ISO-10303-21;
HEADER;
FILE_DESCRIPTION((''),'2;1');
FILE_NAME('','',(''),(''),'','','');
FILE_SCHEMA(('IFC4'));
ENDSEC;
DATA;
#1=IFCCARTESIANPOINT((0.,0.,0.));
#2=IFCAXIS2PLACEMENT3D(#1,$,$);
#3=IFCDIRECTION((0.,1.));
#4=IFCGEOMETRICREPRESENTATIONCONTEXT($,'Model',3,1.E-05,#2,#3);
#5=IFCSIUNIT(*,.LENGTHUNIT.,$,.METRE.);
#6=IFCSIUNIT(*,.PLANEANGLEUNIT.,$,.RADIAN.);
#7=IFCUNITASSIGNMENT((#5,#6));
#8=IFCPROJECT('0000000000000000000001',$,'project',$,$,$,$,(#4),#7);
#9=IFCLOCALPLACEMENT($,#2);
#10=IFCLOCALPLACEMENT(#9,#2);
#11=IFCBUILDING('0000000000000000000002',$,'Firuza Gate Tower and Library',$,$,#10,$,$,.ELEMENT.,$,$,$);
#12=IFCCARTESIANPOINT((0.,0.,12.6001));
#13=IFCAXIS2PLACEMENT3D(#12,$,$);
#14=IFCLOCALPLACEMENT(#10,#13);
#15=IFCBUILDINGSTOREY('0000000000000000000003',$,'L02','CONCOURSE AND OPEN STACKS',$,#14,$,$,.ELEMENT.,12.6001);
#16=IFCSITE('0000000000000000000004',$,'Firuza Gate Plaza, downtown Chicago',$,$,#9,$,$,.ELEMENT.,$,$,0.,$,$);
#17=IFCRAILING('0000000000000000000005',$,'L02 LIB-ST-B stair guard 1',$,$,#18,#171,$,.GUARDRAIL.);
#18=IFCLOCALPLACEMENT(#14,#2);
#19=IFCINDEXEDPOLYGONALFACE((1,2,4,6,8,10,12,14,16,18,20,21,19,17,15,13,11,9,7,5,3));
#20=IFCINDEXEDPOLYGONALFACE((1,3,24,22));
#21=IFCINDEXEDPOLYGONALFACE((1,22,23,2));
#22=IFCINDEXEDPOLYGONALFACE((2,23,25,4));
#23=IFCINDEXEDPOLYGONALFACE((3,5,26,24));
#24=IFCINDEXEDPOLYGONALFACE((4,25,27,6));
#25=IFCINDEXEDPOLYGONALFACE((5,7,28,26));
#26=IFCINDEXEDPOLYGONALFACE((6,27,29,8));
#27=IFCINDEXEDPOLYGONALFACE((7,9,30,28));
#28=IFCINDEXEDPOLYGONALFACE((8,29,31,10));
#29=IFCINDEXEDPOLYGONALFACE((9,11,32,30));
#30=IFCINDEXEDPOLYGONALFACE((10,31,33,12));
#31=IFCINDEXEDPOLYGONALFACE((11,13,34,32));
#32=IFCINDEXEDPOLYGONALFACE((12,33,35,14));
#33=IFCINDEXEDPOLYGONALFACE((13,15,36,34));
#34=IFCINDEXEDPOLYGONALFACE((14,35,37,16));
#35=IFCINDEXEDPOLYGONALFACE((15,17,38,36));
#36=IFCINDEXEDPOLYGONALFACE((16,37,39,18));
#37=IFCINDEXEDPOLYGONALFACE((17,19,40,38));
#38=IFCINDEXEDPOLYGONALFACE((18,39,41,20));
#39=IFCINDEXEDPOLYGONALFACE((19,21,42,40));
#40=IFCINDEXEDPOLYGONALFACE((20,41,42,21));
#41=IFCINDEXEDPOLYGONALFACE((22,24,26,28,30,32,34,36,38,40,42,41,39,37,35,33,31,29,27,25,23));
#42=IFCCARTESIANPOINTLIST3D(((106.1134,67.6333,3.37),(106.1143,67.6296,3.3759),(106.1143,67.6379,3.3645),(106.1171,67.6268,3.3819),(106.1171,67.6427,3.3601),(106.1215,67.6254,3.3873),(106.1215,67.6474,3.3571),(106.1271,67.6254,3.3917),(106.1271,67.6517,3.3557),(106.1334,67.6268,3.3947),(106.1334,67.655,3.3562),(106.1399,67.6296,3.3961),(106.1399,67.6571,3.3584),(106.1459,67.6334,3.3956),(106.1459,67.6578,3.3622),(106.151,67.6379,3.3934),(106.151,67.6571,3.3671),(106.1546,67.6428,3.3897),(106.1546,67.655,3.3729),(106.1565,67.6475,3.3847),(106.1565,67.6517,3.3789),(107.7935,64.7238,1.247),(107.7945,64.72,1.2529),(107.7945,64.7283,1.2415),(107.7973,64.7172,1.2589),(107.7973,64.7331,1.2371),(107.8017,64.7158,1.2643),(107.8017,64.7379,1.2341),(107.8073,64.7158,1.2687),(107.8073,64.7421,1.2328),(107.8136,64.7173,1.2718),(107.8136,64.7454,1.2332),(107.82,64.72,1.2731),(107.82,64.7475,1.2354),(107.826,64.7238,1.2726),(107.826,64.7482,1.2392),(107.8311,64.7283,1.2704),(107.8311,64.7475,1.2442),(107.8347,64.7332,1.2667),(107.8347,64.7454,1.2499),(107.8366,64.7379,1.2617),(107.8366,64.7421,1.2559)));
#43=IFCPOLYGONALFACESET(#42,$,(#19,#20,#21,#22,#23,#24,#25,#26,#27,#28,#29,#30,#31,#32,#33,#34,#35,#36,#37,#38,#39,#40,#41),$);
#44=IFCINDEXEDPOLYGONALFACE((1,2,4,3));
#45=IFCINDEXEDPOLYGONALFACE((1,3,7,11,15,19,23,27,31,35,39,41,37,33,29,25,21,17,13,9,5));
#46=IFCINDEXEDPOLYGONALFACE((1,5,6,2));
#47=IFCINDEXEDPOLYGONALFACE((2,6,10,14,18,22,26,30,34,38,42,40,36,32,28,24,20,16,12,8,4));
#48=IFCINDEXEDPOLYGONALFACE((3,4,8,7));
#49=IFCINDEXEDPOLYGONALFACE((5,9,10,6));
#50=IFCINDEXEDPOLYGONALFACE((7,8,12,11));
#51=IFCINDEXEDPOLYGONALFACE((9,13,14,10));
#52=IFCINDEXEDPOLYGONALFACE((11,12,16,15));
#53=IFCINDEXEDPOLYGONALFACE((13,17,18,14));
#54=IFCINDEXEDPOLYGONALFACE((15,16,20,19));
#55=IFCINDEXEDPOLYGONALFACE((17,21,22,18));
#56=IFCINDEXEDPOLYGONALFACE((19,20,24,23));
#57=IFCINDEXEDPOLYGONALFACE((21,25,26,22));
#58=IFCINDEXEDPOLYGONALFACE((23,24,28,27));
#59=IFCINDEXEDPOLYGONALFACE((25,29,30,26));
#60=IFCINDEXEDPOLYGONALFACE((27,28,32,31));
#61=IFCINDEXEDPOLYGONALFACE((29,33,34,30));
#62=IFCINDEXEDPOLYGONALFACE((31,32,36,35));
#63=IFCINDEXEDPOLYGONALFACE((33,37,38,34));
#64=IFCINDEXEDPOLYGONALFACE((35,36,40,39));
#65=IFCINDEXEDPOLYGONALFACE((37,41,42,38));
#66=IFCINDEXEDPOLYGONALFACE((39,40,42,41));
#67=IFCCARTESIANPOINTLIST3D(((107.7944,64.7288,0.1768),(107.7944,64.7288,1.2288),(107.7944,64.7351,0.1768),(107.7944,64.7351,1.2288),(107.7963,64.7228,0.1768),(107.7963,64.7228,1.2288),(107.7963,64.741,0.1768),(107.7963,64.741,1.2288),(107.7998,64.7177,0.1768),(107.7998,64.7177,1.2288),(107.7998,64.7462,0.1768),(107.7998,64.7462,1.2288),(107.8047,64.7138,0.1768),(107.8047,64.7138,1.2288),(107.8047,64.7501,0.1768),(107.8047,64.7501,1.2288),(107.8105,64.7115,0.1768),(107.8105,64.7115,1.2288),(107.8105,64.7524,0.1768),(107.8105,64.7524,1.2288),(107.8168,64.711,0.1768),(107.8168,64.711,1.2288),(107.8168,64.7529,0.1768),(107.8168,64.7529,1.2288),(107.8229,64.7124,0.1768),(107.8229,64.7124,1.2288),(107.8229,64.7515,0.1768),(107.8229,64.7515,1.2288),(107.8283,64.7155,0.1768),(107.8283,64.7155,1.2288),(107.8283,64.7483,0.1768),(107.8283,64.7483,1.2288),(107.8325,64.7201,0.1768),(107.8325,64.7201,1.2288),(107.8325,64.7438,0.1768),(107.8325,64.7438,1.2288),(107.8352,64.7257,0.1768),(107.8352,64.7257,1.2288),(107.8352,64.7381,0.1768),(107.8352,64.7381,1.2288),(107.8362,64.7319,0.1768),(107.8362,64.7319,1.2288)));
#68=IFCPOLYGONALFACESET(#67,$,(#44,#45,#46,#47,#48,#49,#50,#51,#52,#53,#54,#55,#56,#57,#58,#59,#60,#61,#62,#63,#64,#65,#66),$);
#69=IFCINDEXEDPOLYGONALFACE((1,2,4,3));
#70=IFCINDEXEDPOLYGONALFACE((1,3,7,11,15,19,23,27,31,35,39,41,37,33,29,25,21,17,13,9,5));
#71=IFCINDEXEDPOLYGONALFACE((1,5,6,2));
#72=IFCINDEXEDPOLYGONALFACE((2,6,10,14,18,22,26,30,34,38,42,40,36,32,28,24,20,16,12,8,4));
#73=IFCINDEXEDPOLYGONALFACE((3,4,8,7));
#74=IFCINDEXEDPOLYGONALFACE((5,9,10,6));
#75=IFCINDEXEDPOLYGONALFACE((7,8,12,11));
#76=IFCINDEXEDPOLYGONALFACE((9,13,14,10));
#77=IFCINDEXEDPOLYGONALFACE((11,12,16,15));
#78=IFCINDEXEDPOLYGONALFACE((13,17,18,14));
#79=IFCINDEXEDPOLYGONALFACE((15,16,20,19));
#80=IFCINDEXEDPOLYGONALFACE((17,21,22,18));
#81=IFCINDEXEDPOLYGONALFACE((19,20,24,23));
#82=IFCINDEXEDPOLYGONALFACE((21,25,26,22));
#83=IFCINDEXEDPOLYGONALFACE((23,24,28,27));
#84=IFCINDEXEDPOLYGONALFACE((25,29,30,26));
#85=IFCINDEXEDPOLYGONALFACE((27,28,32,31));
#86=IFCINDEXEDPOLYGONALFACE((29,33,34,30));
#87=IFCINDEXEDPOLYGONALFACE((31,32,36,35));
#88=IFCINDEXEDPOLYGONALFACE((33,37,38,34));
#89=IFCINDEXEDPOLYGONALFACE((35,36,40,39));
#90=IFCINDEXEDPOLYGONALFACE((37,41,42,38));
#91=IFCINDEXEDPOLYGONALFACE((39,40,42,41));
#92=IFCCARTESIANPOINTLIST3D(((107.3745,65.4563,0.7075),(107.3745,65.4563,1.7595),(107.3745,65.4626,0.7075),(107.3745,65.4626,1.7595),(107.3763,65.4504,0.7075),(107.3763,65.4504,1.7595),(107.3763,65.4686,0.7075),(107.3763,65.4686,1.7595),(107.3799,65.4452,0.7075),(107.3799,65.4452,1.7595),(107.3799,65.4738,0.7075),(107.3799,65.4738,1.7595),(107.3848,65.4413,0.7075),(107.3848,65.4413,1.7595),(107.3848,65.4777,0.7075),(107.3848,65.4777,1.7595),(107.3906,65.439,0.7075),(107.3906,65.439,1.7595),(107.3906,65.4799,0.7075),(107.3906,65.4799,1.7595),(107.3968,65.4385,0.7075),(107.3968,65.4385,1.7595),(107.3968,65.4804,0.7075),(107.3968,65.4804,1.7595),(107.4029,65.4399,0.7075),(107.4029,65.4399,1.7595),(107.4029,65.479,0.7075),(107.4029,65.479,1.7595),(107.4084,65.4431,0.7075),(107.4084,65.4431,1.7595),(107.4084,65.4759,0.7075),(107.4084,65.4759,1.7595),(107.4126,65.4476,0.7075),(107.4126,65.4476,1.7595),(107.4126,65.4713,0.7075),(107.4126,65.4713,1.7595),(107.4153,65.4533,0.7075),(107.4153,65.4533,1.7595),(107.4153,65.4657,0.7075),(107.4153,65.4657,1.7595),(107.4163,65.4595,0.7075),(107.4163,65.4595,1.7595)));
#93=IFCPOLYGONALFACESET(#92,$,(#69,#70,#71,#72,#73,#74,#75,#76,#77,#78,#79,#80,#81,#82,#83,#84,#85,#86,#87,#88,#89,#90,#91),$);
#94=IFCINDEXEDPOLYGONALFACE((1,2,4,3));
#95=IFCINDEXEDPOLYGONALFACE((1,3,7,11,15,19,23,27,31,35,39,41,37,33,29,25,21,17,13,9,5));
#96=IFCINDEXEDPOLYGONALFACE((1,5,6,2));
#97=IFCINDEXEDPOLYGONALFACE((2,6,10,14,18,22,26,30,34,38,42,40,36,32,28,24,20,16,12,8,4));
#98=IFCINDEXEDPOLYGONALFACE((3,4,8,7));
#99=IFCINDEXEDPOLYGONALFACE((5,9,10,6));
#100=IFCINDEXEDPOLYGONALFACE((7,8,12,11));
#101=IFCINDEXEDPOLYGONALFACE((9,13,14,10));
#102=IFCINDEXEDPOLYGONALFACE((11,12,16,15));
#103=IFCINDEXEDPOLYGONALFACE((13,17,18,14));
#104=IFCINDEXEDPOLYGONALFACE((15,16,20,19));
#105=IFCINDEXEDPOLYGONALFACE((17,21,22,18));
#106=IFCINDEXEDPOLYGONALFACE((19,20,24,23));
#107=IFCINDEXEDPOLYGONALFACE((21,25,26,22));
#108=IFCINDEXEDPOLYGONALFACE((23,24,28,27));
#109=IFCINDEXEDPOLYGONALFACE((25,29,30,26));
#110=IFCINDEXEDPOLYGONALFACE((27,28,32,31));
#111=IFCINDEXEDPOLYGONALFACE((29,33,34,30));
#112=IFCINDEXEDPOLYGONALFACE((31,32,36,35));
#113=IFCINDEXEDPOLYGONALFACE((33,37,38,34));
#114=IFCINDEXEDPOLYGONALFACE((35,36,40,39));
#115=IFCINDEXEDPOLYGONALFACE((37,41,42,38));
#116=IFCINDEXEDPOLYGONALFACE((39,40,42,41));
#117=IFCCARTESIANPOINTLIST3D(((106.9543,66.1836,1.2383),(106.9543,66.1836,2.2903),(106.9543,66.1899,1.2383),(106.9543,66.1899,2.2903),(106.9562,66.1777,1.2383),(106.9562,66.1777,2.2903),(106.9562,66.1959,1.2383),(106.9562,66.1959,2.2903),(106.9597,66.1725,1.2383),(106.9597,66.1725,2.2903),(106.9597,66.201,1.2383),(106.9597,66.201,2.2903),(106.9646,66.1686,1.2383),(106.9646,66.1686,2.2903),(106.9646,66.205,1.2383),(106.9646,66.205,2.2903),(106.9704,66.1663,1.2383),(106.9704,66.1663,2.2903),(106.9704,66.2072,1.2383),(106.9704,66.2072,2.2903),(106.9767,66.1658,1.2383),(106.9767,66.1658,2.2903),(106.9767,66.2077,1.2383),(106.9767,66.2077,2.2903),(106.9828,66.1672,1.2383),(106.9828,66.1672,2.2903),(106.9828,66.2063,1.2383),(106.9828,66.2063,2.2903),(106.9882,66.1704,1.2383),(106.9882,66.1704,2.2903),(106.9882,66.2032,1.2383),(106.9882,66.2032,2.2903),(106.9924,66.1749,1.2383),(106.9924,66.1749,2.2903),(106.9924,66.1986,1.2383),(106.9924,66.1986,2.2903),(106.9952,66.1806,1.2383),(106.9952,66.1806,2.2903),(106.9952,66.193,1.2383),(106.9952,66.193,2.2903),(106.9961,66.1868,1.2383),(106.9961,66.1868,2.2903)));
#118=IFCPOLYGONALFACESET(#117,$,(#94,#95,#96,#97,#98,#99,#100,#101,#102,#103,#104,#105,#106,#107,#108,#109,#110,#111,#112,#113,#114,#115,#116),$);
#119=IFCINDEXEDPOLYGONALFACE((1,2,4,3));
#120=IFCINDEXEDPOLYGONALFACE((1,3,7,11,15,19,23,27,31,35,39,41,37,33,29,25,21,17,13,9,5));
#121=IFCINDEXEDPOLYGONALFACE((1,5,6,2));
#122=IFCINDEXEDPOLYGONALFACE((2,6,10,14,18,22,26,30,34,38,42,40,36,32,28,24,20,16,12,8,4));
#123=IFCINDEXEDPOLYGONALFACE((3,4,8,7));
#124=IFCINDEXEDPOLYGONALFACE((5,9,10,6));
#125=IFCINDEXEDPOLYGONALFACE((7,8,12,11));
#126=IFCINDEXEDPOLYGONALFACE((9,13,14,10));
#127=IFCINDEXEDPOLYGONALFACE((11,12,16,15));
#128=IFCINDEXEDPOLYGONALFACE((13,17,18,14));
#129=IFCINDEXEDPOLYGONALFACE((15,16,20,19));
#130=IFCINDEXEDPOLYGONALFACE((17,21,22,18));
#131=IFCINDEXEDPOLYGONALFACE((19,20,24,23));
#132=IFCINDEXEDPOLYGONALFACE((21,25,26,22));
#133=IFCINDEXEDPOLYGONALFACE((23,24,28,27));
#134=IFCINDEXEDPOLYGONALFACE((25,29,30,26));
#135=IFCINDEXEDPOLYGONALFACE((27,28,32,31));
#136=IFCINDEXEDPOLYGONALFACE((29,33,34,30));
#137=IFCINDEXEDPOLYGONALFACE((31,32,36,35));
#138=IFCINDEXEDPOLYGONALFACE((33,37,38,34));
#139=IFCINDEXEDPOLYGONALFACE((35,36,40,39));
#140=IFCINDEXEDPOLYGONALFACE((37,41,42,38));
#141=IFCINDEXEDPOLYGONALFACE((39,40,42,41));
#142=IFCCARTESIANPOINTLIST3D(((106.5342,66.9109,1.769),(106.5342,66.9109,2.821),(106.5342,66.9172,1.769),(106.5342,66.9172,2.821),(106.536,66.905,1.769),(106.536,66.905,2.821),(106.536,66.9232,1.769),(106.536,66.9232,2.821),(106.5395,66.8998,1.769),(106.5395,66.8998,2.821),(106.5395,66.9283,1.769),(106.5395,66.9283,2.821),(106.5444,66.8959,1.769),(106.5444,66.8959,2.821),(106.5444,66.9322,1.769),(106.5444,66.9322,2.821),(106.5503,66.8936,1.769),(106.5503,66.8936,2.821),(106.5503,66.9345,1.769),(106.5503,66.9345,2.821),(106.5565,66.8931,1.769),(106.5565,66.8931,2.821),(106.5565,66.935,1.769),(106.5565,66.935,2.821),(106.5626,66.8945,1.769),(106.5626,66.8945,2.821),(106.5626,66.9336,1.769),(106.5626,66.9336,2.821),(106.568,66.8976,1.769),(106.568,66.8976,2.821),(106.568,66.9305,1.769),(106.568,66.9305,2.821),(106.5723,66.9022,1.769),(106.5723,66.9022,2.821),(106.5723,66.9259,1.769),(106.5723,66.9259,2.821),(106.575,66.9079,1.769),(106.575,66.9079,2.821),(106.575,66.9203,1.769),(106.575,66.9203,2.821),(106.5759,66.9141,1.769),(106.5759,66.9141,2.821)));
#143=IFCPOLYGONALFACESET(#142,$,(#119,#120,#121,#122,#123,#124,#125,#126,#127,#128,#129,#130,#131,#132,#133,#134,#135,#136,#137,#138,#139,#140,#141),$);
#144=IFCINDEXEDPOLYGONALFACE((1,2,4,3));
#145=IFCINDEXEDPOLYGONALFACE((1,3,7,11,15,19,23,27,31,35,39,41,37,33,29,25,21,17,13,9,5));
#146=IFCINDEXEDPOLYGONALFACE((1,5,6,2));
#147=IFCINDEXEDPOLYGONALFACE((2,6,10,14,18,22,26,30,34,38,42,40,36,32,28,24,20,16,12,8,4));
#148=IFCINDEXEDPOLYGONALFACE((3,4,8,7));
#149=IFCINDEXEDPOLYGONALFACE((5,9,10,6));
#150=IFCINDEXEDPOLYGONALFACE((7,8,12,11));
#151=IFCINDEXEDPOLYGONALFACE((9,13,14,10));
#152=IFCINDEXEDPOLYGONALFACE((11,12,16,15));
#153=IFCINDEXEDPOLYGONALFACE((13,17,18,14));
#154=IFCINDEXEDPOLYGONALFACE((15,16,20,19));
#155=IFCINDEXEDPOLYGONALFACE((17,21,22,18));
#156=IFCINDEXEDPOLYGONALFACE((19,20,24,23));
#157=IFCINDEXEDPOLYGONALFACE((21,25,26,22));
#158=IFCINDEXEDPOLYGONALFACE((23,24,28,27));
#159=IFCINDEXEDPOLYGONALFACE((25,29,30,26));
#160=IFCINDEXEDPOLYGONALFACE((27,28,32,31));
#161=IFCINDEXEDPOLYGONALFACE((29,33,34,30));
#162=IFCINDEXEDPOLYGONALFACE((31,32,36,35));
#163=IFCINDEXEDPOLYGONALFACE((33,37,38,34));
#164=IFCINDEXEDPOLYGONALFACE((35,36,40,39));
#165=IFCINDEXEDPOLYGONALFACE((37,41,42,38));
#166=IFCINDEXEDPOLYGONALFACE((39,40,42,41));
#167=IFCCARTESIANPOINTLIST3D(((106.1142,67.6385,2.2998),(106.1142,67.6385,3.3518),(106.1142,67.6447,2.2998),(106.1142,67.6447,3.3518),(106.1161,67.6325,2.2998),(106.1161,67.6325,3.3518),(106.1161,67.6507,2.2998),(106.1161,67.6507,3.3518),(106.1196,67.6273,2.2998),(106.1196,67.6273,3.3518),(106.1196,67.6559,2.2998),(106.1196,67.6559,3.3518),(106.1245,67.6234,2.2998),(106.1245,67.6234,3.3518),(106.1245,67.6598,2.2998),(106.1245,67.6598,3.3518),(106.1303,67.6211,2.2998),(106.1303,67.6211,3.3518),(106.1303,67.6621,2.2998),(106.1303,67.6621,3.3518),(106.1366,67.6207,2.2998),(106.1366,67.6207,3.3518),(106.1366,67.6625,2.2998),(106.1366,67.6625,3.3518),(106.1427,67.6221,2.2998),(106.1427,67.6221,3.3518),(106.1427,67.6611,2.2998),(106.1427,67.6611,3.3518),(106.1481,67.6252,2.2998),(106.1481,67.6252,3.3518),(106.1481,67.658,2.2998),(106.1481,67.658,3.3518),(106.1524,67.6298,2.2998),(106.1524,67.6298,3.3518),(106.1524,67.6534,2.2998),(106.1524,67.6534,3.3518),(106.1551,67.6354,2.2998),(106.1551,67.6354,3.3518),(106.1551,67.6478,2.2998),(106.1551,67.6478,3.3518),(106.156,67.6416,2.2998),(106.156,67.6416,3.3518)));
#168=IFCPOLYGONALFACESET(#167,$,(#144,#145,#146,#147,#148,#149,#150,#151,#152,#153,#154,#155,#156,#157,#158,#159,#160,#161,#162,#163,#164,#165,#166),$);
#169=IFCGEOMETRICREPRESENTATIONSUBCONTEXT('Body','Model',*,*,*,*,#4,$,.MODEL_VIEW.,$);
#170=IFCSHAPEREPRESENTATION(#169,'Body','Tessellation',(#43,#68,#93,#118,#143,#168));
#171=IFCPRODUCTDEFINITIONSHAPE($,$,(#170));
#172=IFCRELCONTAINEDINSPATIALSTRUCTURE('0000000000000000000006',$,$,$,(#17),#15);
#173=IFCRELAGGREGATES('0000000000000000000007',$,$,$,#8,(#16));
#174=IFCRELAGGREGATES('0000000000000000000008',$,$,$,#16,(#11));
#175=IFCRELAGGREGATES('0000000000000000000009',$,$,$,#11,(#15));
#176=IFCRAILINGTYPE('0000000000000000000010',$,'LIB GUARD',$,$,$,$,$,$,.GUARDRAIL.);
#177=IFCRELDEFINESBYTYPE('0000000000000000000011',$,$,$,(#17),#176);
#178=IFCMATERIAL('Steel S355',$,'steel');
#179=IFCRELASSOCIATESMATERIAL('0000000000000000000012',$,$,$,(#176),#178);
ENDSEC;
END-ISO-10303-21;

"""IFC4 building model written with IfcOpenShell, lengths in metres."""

from ifc_helpers import new_model, si_unit, direction, frame, origin, origin_2d, place, context, subcontext, project, spatial, circle, extrude, material, type_object, element, save


model = new_model("IFC4")

# Units and contexts
model_context = context("Model", 3, precision=1e-05, world=origin(), true_north=direction((0.0, 1.0)))
body_context = subcontext(model_context, "Body", "Model", "MODEL_VIEW")
ifc_project = project(units=[si_unit("LENGTHUNIT", "METRE"), si_unit("PLANEANGLEUNIT", "RADIAN")], contexts=[model_context])

# Site, building, storey
site_placement = place(None, origin())
site = spatial("IfcSite", under=ifc_project, at=site_placement, Name="Firuza Gate Plaza, downtown Chicago", CompositionType="ELEMENT", RefElevation=0.0)
building_placement = place(site_placement, origin())
building = spatial("IfcBuilding", under=site, at=building_placement, Name="Firuza Gate Tower and Library", CompositionType="ELEMENT")
storey_placement = place(building_placement, frame((0.0, 0.0, 12.6001)))
storey = spatial("IfcBuildingStorey", under=building, at=storey_placement, Name="L02", Description="CONCOURSE AND OPEN STACKS", CompositionType="ELEMENT", Elevation=12.6001)

# Railing
ifc_material_1 = material(Name="Steel S355", Category="steel")
railing_type_1 = type_object("IfcRailingType", Name="LIB GUARD", PredefinedType="GUARDRAIL", material=ifc_material_1)
railing_1_placement = place(storey_placement, frame((107.8152, 64.7319, 0.1768)))
element("IfcRailing", 1, at=railing_1_placement, inside=storey, type_object=railing_type_1, Name="L02 LIB-ST-B stair guard 1", PredefinedType="GUARDRAIL", context=body_context, shape_type="SweptSolid", body=[
    extrude(circle(Radius=0.0239, at=origin_2d()), frame((0.0, 0.0, 1.0762), z_axis=(-0.422741, 0.732088, 0.53417), x_axis=(-0.86599, -0.500062, 0.0)), (0.0, 0.0, 1.0), 3.9744),
    extrude(circle(Radius=0.021, at=origin_2d()), origin(), (0.0, 0.0, 1.0), 1.052),
    extrude(circle(Radius=0.021, at=origin_2d()), frame((-0.4199, 0.7275, 0.5308)), (0.0, 0.0, 1.0), 1.052),
    extrude(circle(Radius=0.021, at=origin_2d()), frame((-0.8401, 1.4548, 1.0615)), (0.0, 0.0, 1.0), 1.052),
    extrude(circle(Radius=0.021, at=origin_2d()), frame((-1.2603, 2.1821, 1.5923)), (0.0, 0.0, 1.0), 1.052),
    extrude(circle(Radius=0.021, at=origin_2d()), frame((-1.6802, 2.9097, 2.123)), (0.0, 0.0, 1.0), 1.052),
])

save(model, "model.ifc")
